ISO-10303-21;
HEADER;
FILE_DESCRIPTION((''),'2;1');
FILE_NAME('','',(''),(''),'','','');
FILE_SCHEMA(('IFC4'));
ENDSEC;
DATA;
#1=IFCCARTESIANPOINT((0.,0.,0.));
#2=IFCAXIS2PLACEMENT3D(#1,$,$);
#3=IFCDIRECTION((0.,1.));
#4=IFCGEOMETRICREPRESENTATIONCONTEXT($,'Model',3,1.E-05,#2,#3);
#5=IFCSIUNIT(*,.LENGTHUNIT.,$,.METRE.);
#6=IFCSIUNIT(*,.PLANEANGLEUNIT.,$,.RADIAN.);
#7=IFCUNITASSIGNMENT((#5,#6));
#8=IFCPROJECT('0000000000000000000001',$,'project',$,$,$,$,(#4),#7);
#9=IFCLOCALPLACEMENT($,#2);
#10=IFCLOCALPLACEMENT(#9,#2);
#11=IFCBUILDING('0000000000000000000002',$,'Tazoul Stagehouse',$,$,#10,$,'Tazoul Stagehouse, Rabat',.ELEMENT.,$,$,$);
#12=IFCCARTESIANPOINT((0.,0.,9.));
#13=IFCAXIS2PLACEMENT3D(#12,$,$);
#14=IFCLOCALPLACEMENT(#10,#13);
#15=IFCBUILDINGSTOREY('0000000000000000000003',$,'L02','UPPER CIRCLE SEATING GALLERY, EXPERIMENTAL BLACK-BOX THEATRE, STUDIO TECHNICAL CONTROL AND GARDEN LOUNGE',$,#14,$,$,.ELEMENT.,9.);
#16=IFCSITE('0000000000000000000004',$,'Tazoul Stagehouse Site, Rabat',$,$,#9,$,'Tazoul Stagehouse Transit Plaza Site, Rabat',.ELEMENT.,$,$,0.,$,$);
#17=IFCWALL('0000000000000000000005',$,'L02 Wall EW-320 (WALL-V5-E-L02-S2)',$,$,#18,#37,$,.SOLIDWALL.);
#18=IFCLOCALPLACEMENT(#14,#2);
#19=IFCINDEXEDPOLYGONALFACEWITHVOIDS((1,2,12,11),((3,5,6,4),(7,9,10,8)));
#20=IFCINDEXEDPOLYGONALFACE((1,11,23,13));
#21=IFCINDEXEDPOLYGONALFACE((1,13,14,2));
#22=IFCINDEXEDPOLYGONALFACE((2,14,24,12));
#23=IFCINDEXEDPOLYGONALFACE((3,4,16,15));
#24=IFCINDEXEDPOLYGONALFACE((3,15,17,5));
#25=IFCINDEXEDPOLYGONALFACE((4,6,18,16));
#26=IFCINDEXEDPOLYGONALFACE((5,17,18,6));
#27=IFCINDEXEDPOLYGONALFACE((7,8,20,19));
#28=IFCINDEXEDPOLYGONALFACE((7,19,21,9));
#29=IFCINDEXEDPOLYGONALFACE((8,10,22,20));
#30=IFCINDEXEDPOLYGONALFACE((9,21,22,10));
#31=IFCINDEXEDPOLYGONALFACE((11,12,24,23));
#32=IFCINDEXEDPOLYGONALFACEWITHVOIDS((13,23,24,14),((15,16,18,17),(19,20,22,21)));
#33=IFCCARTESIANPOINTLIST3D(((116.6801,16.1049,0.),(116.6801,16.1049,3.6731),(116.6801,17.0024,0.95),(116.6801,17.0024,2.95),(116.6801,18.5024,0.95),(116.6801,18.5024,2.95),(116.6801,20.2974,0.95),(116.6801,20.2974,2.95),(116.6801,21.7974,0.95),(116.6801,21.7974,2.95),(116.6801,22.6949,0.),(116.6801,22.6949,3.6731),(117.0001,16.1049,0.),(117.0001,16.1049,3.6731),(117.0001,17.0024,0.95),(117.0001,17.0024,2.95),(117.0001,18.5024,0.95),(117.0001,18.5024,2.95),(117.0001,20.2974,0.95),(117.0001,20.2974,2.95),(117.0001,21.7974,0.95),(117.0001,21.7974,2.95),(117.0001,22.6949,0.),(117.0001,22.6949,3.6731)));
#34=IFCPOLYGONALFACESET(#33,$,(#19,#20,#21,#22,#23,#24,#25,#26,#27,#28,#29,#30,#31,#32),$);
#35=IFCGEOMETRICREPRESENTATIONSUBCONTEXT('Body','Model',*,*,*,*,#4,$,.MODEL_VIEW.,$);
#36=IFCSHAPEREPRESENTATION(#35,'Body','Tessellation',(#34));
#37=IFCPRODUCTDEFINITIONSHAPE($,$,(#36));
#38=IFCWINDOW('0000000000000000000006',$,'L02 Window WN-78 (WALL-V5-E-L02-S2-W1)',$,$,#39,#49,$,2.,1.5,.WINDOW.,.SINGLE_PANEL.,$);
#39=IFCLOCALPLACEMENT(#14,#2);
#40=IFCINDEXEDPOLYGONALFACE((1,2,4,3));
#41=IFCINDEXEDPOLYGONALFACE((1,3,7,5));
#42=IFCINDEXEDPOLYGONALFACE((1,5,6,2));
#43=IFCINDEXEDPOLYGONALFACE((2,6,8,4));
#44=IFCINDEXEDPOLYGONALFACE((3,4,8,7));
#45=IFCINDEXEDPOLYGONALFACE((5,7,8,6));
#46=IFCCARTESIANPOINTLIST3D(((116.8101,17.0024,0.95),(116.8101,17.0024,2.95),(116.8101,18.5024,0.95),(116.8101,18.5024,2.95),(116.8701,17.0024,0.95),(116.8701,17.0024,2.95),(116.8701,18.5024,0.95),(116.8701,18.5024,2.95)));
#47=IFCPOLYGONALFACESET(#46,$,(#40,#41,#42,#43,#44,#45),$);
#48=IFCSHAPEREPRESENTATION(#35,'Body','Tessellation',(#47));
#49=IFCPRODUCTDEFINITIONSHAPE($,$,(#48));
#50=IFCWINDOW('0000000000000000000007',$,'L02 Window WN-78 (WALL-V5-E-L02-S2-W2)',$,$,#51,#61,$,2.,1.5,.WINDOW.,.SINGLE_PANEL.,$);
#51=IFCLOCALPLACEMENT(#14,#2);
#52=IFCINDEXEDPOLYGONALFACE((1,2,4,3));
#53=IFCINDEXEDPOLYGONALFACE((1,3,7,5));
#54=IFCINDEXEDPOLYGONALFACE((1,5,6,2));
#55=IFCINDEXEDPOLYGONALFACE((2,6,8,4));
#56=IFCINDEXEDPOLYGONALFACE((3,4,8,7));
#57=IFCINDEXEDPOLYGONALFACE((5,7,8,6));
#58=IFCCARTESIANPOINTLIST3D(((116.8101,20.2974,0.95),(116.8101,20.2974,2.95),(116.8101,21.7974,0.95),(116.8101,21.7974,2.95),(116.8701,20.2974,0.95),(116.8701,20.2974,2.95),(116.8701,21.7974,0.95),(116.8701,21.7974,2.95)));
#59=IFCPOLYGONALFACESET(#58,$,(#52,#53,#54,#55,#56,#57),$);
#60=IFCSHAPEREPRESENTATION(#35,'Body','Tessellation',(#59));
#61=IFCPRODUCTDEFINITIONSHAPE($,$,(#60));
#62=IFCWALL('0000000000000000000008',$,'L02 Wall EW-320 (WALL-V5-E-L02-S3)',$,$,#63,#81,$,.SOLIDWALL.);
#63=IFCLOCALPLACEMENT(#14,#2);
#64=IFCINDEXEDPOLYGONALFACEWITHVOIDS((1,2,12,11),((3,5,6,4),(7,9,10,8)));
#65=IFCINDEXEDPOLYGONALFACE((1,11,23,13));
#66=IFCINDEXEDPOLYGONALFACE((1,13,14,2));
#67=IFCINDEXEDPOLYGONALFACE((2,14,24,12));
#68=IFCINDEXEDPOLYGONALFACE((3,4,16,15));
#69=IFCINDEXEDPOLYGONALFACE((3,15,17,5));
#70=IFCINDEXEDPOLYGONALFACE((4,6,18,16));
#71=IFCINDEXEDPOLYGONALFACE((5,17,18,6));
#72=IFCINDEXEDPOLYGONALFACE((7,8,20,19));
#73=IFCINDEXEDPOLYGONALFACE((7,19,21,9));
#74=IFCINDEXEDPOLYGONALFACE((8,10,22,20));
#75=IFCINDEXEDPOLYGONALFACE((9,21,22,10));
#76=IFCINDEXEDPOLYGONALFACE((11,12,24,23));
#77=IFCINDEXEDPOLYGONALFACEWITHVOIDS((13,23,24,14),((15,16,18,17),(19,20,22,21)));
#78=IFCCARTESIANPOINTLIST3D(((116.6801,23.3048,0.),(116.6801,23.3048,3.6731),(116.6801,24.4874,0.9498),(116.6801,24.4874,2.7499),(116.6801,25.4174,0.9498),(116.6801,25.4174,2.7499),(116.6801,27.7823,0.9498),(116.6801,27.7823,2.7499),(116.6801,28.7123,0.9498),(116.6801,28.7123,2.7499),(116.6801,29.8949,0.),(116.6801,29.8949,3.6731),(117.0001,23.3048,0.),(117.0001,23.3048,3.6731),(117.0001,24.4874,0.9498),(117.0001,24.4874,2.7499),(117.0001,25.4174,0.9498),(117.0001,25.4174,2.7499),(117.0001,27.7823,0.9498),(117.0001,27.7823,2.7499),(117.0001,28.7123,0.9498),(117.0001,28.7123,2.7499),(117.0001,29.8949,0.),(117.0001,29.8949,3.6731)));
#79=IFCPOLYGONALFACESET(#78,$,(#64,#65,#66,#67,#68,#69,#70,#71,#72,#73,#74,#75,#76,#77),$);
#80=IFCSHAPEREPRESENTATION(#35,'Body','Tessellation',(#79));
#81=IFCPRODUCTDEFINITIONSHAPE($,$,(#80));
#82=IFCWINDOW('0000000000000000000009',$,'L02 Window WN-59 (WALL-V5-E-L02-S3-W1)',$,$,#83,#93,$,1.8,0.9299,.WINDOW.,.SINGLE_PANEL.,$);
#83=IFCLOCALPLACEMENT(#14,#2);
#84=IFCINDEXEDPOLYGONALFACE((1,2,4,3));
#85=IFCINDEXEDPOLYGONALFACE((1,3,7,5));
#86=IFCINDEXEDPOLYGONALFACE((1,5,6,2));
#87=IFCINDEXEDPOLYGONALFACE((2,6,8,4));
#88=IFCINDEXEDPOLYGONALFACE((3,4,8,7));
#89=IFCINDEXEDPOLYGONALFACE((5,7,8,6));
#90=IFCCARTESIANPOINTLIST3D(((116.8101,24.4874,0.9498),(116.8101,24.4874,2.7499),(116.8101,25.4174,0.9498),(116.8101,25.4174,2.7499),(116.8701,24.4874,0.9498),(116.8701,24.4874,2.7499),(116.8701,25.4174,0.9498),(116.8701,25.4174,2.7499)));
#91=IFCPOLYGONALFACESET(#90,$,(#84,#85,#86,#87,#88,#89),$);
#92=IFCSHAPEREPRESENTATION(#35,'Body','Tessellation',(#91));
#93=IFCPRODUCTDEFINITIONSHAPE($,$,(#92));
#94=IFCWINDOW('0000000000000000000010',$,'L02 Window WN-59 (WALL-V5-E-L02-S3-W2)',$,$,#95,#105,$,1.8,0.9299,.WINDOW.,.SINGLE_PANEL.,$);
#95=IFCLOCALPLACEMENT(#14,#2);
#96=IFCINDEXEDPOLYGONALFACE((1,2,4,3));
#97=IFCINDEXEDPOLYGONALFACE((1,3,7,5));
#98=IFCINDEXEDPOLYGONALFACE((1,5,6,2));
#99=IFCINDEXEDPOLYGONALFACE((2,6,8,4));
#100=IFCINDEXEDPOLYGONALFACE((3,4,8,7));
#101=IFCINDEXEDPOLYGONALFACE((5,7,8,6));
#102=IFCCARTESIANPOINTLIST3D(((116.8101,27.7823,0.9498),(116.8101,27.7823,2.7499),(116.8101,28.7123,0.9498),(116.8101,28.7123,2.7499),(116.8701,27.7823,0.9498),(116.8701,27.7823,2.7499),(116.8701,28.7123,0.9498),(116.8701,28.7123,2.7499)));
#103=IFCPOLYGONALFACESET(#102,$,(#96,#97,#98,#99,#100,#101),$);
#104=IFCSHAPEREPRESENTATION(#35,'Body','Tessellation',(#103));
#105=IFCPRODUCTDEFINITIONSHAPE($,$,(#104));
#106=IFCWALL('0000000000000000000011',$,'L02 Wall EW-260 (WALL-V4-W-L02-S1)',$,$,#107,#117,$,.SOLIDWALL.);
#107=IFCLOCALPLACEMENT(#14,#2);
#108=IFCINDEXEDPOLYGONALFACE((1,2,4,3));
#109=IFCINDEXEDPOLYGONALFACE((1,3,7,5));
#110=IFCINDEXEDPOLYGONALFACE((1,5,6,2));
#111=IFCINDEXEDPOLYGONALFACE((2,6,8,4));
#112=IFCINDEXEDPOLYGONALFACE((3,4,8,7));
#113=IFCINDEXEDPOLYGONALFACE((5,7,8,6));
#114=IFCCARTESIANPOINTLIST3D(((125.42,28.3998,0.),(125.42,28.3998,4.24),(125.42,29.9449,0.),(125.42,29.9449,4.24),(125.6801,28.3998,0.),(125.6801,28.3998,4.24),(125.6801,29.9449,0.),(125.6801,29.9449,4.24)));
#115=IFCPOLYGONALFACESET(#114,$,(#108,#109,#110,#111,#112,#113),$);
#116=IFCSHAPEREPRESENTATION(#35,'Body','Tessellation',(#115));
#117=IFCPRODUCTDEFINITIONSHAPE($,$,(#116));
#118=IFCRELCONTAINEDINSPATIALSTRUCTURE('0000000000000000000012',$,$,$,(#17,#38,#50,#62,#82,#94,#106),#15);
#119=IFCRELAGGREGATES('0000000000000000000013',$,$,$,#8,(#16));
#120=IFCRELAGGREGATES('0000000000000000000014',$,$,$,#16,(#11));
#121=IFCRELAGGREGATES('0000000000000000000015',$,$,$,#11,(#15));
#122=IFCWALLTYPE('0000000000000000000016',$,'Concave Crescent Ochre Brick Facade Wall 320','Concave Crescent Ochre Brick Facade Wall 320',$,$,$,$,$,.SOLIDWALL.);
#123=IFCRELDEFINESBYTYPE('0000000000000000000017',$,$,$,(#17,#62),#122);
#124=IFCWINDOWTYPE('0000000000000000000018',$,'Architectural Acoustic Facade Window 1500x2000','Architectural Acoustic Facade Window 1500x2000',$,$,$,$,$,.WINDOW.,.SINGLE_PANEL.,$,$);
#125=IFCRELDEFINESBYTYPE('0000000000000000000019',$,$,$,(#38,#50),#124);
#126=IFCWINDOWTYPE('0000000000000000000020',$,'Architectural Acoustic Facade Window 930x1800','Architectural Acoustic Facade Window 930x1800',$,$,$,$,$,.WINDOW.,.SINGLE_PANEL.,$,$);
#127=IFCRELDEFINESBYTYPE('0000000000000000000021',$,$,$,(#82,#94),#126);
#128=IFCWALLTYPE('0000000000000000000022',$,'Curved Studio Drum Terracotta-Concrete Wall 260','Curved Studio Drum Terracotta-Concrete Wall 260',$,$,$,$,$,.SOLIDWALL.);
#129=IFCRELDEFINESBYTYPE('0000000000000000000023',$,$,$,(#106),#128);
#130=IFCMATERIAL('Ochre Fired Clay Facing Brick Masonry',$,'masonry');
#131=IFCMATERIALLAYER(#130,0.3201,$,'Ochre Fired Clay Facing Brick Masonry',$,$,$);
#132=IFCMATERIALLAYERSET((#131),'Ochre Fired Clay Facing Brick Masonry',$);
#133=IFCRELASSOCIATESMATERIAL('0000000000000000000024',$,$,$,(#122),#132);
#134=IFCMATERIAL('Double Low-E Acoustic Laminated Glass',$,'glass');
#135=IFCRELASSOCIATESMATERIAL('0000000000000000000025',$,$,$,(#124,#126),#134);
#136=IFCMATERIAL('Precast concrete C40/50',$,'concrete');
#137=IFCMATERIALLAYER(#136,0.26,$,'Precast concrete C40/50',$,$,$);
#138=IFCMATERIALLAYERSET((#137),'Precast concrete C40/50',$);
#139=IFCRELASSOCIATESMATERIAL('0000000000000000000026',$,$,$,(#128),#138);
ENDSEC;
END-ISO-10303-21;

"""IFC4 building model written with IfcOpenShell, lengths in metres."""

from ifc_helpers import new_model, si_unit, direction, frame, frame_2d, origin, place, context, subcontext, project, spatial, rectangle, extrude, material, layer, layer_set, type_object, element, fill, save


model = new_model("IFC4")

# Units and contexts
model_context = context("Model", 3, precision=1e-05, world=origin(), true_north=direction((0.0, 1.0)))
body_context = subcontext(model_context, "Body", "Model", "MODEL_VIEW")
ifc_project = project(units=[si_unit("LENGTHUNIT", "METRE"), si_unit("PLANEANGLEUNIT", "RADIAN")], contexts=[model_context])

# Site, building, storey
site_placement = place(None, origin())
site = spatial("IfcSite", under=ifc_project, at=site_placement, Name="Tazoul Stagehouse Site, Rabat", LongName="Tazoul Stagehouse Transit Plaza Site, Rabat", CompositionType="ELEMENT", RefElevation=0.0)
building_placement = place(site_placement, origin())
building = spatial("IfcBuilding", under=site, at=building_placement, Name="Tazoul Stagehouse", LongName="Tazoul Stagehouse, Rabat", CompositionType="ELEMENT")
storey_placement = place(building_placement, frame((0.0, 0.0, 9.0)))
storey = spatial("IfcBuildingStorey", under=building, at=storey_placement, Name="L02", Description="UPPER CIRCLE SEATING GALLERY, EXPERIMENTAL BLACK-BOX THEATRE, STUDIO TECHNICAL CONTROL AND GARDEN LOUNGE", CompositionType="ELEMENT", Elevation=9.0)

# Walls, openings, windows
ifc_material_1 = material(Name="Ochre Fired Clay Facing Brick Masonry", Category="masonry")
ifc_layer_1 = layer(ifc_material_1, 0.3201, Name="Ochre Fired Clay Facing Brick Masonry")
ifc_layer_set_1 = layer_set([ifc_layer_1], Name="Ochre Fired Clay Facing Brick Masonry")
wall_type_1 = type_object("IfcWallType", Name="Concave Crescent Ochre Brick Facade Wall 320", Description="Concave Crescent Ochre Brick Facade Wall 320", PredefinedType="SOLIDWALL", material=ifc_layer_set_1)
wall_1_placement = place(storey_placement, frame((116.8401, 16.105, 0.0), z_axis=(0.0, 0.0, 1.0), x_axis=(0.0, 1.0, 0.0)))
wall_1 = element("IfcWall", 1, at=wall_1_placement, inside=storey, type_object=wall_type_1, Name="L02 Wall EW-320 (WALL-V5-E-L02-S2)", PredefinedType="SOLIDWALL", context=body_context, shape_type="SweptSolid", body=[
    extrude(rectangle(XDim=6.5901, YDim=0.3201, at=frame_2d((3.2949, 0.0))), origin(), (0.0, 0.0, 1.0), 3.6731),
])
opening_1_placement = place(wall_1_placement, frame((0.8975, 0.0, 0.95)))
opening_1 = element("IfcOpeningElement", 2, at=opening_1_placement, cuts=wall_1, PredefinedType="OPENING", context=body_context, shape_type="SweptSolid", body=[
    extrude(rectangle(XDim=1.5, YDim=2.0, at=frame_2d((0.75, 1.0))), frame((0.0, 0.1799, 0.0), z_axis=(0.0, -1.0, 0.0), x_axis=(1.0, 0.0, 0.0)), (0.0, 0.0, 1.0), 0.3601),
])
opening_2_placement = place(wall_1_placement, frame((4.1924, 0.0, 0.95)))
opening_2 = element("IfcOpeningElement", 3, at=opening_2_placement, cuts=wall_1, PredefinedType="OPENING", context=body_context, shape_type="SweptSolid", body=[
    extrude(rectangle(XDim=1.5, YDim=2.0, at=frame_2d((0.75, 1.0))), frame((0.0, 0.1799, 0.0), z_axis=(0.0, -1.0, 0.0), x_axis=(1.0, 0.0, 0.0)), (0.0, 0.0, 1.0), 0.3601),
])
ifc_material_2 = material(Name="Double Low-E Acoustic Laminated Glass", Category="glass")
window_type_1 = type_object("IfcWindowType", Name="Architectural Acoustic Facade Window 1500x2000", Description="Architectural Acoustic Facade Window 1500x2000", PartitioningType="SINGLE_PANEL", PredefinedType="WINDOW", material=ifc_material_2)
window_1_placement = place(opening_1_placement, origin())
window_1 = element("IfcWindow", 4, at=window_1_placement, inside=storey, type_object=window_type_1, Name="L02 Window WN-78 (WALL-V5-E-L02-S2-W1)", OverallHeight=2.0, OverallWidth=1.5, PartitioningType="SINGLE_PANEL", PredefinedType="WINDOW", context=body_context, shape_type="SweptSolid", body=[
    extrude(rectangle(XDim=1.5, YDim=2.0, at=frame_2d((0.75, 1.0))), frame((0.0, 0.03, 0.0), z_axis=(0.0, -1.0, 0.0), x_axis=(1.0, 0.0, 0.0)), (0.0, 0.0, 1.0), 0.0601),
])
fill(opening_1, window_1)
window_2_placement = place(opening_2_placement, origin())
window_2 = element("IfcWindow", 5, at=window_2_placement, inside=storey, type_object=window_type_1, Name="L02 Window WN-78 (WALL-V5-E-L02-S2-W2)", OverallHeight=2.0, OverallWidth=1.5, PartitioningType="SINGLE_PANEL", PredefinedType="WINDOW", context=body_context, shape_type="SweptSolid", body=[
    extrude(rectangle(XDim=1.5, YDim=2.0, at=frame_2d((0.75, 1.0))), frame((0.0, 0.03, 0.0), z_axis=(0.0, -1.0, 0.0), x_axis=(1.0, 0.0, 0.0)), (0.0, 0.0, 1.0), 0.0601),
])
fill(opening_2, window_2)
wall_2_placement = place(storey_placement, frame((116.8401, 23.3049, 0.0), z_axis=(0.0, 0.0, 1.0), x_axis=(0.0, 1.0, 0.0)))
wall_2 = element("IfcWall", 6, at=wall_2_placement, inside=storey, type_object=wall_type_1, Name="L02 Wall EW-320 (WALL-V5-E-L02-S3)", PredefinedType="SOLIDWALL", context=body_context, shape_type="SweptSolid", body=[
    extrude(rectangle(XDim=6.5901, YDim=0.3201, at=frame_2d((3.2949, 0.0))), origin(), (0.0, 0.0, 1.0), 3.6731),
])
opening_3_placement = place(wall_2_placement, frame((1.1826, 0.0, 0.95)))
opening_3 = element("IfcOpeningElement", 7, at=opening_3_placement, cuts=wall_2, PredefinedType="OPENING", context=body_context, shape_type="SweptSolid", body=[
    extrude(rectangle(XDim=0.9299, YDim=1.8, at=frame_2d((0.4648, 0.8999))), frame((0.0, 0.1799, 0.0), z_axis=(0.0, -1.0, 0.0), x_axis=(1.0, 0.0, 0.0)), (0.0, 0.0, 1.0), 0.3601),
])
opening_4_placement = place(wall_2_placement, frame((4.4775, 0.0, 0.95)))
opening_4 = element("IfcOpeningElement", 8, at=opening_4_placement, cuts=wall_2, PredefinedType="OPENING", context=body_context, shape_type="SweptSolid", body=[
    extrude(rectangle(XDim=0.9299, YDim=1.8, at=frame_2d((0.4648, 0.8999))), frame((0.0, 0.1799, 0.0), z_axis=(0.0, -1.0, 0.0), x_axis=(1.0, 0.0, 0.0)), (0.0, 0.0, 1.0), 0.3601),
])
window_type_2 = type_object("IfcWindowType", Name="Architectural Acoustic Facade Window 930x1800", Description="Architectural Acoustic Facade Window 930x1800", PartitioningType="SINGLE_PANEL", PredefinedType="WINDOW", material=ifc_material_2)
window_3_placement = place(opening_3_placement, origin())
window_3 = element("IfcWindow", 9, at=window_3_placement, inside=storey, type_object=window_type_2, Name="L02 Window WN-59 (WALL-V5-E-L02-S3-W1)", OverallHeight=1.8, OverallWidth=0.9299, PartitioningType="SINGLE_PANEL", PredefinedType="WINDOW", context=body_context, shape_type="SweptSolid", body=[
    extrude(rectangle(XDim=0.9299, YDim=1.8, at=frame_2d((0.4648, 0.8999))), frame((0.0, 0.03, 0.0), z_axis=(0.0, -1.0, 0.0), x_axis=(1.0, 0.0, 0.0)), (0.0, 0.0, 1.0), 0.0601),
])
fill(opening_3, window_3)
window_4_placement = place(opening_4_placement, origin())
window_4 = element("IfcWindow", 10, at=window_4_placement, inside=storey, type_object=window_type_2, Name="L02 Window WN-59 (WALL-V5-E-L02-S3-W2)", OverallHeight=1.8, OverallWidth=0.9299, PartitioningType="SINGLE_PANEL", PredefinedType="WINDOW", context=body_context, shape_type="SweptSolid", body=[
    extrude(rectangle(XDim=0.9299, YDim=1.8, at=frame_2d((0.4648, 0.8999))), frame((0.0, 0.03, 0.0), z_axis=(0.0, -1.0, 0.0), x_axis=(1.0, 0.0, 0.0)), (0.0, 0.0, 1.0), 0.0601),
])
fill(opening_4, window_4)

# Wall
ifc_material_3 = material(Name="Precast concrete C40/50", Category="concrete")
ifc_layer_2 = layer(ifc_material_3, 0.26, Name="Precast concrete C40/50")
ifc_layer_set_2 = layer_set([ifc_layer_2], Name="Precast concrete C40/50")
wall_type_2 = type_object("IfcWallType", Name="Curved Studio Drum Terracotta-Concrete Wall 260", Description="Curved Studio Drum Terracotta-Concrete Wall 260", PredefinedType="SOLIDWALL", material=ifc_layer_set_2)
wall_3_placement = place(storey_placement, frame((125.55, 28.3999, 0.0), z_axis=(0.0, 0.0, 1.0), x_axis=(0.0, 1.0, 0.0)))
element("IfcWall", 11, at=wall_3_placement, inside=storey, type_object=wall_type_2, Name="L02 Wall EW-260 (WALL-V4-W-L02-S1)", PredefinedType="SOLIDWALL", context=body_context, shape_type="SweptSolid", body=[
    extrude(rectangle(XDim=1.5452, YDim=0.26, at=frame_2d((0.7725, 0.0))), origin(), (0.0, 0.0, 1.0), 4.24),
])

save(model, "model.ifc")
